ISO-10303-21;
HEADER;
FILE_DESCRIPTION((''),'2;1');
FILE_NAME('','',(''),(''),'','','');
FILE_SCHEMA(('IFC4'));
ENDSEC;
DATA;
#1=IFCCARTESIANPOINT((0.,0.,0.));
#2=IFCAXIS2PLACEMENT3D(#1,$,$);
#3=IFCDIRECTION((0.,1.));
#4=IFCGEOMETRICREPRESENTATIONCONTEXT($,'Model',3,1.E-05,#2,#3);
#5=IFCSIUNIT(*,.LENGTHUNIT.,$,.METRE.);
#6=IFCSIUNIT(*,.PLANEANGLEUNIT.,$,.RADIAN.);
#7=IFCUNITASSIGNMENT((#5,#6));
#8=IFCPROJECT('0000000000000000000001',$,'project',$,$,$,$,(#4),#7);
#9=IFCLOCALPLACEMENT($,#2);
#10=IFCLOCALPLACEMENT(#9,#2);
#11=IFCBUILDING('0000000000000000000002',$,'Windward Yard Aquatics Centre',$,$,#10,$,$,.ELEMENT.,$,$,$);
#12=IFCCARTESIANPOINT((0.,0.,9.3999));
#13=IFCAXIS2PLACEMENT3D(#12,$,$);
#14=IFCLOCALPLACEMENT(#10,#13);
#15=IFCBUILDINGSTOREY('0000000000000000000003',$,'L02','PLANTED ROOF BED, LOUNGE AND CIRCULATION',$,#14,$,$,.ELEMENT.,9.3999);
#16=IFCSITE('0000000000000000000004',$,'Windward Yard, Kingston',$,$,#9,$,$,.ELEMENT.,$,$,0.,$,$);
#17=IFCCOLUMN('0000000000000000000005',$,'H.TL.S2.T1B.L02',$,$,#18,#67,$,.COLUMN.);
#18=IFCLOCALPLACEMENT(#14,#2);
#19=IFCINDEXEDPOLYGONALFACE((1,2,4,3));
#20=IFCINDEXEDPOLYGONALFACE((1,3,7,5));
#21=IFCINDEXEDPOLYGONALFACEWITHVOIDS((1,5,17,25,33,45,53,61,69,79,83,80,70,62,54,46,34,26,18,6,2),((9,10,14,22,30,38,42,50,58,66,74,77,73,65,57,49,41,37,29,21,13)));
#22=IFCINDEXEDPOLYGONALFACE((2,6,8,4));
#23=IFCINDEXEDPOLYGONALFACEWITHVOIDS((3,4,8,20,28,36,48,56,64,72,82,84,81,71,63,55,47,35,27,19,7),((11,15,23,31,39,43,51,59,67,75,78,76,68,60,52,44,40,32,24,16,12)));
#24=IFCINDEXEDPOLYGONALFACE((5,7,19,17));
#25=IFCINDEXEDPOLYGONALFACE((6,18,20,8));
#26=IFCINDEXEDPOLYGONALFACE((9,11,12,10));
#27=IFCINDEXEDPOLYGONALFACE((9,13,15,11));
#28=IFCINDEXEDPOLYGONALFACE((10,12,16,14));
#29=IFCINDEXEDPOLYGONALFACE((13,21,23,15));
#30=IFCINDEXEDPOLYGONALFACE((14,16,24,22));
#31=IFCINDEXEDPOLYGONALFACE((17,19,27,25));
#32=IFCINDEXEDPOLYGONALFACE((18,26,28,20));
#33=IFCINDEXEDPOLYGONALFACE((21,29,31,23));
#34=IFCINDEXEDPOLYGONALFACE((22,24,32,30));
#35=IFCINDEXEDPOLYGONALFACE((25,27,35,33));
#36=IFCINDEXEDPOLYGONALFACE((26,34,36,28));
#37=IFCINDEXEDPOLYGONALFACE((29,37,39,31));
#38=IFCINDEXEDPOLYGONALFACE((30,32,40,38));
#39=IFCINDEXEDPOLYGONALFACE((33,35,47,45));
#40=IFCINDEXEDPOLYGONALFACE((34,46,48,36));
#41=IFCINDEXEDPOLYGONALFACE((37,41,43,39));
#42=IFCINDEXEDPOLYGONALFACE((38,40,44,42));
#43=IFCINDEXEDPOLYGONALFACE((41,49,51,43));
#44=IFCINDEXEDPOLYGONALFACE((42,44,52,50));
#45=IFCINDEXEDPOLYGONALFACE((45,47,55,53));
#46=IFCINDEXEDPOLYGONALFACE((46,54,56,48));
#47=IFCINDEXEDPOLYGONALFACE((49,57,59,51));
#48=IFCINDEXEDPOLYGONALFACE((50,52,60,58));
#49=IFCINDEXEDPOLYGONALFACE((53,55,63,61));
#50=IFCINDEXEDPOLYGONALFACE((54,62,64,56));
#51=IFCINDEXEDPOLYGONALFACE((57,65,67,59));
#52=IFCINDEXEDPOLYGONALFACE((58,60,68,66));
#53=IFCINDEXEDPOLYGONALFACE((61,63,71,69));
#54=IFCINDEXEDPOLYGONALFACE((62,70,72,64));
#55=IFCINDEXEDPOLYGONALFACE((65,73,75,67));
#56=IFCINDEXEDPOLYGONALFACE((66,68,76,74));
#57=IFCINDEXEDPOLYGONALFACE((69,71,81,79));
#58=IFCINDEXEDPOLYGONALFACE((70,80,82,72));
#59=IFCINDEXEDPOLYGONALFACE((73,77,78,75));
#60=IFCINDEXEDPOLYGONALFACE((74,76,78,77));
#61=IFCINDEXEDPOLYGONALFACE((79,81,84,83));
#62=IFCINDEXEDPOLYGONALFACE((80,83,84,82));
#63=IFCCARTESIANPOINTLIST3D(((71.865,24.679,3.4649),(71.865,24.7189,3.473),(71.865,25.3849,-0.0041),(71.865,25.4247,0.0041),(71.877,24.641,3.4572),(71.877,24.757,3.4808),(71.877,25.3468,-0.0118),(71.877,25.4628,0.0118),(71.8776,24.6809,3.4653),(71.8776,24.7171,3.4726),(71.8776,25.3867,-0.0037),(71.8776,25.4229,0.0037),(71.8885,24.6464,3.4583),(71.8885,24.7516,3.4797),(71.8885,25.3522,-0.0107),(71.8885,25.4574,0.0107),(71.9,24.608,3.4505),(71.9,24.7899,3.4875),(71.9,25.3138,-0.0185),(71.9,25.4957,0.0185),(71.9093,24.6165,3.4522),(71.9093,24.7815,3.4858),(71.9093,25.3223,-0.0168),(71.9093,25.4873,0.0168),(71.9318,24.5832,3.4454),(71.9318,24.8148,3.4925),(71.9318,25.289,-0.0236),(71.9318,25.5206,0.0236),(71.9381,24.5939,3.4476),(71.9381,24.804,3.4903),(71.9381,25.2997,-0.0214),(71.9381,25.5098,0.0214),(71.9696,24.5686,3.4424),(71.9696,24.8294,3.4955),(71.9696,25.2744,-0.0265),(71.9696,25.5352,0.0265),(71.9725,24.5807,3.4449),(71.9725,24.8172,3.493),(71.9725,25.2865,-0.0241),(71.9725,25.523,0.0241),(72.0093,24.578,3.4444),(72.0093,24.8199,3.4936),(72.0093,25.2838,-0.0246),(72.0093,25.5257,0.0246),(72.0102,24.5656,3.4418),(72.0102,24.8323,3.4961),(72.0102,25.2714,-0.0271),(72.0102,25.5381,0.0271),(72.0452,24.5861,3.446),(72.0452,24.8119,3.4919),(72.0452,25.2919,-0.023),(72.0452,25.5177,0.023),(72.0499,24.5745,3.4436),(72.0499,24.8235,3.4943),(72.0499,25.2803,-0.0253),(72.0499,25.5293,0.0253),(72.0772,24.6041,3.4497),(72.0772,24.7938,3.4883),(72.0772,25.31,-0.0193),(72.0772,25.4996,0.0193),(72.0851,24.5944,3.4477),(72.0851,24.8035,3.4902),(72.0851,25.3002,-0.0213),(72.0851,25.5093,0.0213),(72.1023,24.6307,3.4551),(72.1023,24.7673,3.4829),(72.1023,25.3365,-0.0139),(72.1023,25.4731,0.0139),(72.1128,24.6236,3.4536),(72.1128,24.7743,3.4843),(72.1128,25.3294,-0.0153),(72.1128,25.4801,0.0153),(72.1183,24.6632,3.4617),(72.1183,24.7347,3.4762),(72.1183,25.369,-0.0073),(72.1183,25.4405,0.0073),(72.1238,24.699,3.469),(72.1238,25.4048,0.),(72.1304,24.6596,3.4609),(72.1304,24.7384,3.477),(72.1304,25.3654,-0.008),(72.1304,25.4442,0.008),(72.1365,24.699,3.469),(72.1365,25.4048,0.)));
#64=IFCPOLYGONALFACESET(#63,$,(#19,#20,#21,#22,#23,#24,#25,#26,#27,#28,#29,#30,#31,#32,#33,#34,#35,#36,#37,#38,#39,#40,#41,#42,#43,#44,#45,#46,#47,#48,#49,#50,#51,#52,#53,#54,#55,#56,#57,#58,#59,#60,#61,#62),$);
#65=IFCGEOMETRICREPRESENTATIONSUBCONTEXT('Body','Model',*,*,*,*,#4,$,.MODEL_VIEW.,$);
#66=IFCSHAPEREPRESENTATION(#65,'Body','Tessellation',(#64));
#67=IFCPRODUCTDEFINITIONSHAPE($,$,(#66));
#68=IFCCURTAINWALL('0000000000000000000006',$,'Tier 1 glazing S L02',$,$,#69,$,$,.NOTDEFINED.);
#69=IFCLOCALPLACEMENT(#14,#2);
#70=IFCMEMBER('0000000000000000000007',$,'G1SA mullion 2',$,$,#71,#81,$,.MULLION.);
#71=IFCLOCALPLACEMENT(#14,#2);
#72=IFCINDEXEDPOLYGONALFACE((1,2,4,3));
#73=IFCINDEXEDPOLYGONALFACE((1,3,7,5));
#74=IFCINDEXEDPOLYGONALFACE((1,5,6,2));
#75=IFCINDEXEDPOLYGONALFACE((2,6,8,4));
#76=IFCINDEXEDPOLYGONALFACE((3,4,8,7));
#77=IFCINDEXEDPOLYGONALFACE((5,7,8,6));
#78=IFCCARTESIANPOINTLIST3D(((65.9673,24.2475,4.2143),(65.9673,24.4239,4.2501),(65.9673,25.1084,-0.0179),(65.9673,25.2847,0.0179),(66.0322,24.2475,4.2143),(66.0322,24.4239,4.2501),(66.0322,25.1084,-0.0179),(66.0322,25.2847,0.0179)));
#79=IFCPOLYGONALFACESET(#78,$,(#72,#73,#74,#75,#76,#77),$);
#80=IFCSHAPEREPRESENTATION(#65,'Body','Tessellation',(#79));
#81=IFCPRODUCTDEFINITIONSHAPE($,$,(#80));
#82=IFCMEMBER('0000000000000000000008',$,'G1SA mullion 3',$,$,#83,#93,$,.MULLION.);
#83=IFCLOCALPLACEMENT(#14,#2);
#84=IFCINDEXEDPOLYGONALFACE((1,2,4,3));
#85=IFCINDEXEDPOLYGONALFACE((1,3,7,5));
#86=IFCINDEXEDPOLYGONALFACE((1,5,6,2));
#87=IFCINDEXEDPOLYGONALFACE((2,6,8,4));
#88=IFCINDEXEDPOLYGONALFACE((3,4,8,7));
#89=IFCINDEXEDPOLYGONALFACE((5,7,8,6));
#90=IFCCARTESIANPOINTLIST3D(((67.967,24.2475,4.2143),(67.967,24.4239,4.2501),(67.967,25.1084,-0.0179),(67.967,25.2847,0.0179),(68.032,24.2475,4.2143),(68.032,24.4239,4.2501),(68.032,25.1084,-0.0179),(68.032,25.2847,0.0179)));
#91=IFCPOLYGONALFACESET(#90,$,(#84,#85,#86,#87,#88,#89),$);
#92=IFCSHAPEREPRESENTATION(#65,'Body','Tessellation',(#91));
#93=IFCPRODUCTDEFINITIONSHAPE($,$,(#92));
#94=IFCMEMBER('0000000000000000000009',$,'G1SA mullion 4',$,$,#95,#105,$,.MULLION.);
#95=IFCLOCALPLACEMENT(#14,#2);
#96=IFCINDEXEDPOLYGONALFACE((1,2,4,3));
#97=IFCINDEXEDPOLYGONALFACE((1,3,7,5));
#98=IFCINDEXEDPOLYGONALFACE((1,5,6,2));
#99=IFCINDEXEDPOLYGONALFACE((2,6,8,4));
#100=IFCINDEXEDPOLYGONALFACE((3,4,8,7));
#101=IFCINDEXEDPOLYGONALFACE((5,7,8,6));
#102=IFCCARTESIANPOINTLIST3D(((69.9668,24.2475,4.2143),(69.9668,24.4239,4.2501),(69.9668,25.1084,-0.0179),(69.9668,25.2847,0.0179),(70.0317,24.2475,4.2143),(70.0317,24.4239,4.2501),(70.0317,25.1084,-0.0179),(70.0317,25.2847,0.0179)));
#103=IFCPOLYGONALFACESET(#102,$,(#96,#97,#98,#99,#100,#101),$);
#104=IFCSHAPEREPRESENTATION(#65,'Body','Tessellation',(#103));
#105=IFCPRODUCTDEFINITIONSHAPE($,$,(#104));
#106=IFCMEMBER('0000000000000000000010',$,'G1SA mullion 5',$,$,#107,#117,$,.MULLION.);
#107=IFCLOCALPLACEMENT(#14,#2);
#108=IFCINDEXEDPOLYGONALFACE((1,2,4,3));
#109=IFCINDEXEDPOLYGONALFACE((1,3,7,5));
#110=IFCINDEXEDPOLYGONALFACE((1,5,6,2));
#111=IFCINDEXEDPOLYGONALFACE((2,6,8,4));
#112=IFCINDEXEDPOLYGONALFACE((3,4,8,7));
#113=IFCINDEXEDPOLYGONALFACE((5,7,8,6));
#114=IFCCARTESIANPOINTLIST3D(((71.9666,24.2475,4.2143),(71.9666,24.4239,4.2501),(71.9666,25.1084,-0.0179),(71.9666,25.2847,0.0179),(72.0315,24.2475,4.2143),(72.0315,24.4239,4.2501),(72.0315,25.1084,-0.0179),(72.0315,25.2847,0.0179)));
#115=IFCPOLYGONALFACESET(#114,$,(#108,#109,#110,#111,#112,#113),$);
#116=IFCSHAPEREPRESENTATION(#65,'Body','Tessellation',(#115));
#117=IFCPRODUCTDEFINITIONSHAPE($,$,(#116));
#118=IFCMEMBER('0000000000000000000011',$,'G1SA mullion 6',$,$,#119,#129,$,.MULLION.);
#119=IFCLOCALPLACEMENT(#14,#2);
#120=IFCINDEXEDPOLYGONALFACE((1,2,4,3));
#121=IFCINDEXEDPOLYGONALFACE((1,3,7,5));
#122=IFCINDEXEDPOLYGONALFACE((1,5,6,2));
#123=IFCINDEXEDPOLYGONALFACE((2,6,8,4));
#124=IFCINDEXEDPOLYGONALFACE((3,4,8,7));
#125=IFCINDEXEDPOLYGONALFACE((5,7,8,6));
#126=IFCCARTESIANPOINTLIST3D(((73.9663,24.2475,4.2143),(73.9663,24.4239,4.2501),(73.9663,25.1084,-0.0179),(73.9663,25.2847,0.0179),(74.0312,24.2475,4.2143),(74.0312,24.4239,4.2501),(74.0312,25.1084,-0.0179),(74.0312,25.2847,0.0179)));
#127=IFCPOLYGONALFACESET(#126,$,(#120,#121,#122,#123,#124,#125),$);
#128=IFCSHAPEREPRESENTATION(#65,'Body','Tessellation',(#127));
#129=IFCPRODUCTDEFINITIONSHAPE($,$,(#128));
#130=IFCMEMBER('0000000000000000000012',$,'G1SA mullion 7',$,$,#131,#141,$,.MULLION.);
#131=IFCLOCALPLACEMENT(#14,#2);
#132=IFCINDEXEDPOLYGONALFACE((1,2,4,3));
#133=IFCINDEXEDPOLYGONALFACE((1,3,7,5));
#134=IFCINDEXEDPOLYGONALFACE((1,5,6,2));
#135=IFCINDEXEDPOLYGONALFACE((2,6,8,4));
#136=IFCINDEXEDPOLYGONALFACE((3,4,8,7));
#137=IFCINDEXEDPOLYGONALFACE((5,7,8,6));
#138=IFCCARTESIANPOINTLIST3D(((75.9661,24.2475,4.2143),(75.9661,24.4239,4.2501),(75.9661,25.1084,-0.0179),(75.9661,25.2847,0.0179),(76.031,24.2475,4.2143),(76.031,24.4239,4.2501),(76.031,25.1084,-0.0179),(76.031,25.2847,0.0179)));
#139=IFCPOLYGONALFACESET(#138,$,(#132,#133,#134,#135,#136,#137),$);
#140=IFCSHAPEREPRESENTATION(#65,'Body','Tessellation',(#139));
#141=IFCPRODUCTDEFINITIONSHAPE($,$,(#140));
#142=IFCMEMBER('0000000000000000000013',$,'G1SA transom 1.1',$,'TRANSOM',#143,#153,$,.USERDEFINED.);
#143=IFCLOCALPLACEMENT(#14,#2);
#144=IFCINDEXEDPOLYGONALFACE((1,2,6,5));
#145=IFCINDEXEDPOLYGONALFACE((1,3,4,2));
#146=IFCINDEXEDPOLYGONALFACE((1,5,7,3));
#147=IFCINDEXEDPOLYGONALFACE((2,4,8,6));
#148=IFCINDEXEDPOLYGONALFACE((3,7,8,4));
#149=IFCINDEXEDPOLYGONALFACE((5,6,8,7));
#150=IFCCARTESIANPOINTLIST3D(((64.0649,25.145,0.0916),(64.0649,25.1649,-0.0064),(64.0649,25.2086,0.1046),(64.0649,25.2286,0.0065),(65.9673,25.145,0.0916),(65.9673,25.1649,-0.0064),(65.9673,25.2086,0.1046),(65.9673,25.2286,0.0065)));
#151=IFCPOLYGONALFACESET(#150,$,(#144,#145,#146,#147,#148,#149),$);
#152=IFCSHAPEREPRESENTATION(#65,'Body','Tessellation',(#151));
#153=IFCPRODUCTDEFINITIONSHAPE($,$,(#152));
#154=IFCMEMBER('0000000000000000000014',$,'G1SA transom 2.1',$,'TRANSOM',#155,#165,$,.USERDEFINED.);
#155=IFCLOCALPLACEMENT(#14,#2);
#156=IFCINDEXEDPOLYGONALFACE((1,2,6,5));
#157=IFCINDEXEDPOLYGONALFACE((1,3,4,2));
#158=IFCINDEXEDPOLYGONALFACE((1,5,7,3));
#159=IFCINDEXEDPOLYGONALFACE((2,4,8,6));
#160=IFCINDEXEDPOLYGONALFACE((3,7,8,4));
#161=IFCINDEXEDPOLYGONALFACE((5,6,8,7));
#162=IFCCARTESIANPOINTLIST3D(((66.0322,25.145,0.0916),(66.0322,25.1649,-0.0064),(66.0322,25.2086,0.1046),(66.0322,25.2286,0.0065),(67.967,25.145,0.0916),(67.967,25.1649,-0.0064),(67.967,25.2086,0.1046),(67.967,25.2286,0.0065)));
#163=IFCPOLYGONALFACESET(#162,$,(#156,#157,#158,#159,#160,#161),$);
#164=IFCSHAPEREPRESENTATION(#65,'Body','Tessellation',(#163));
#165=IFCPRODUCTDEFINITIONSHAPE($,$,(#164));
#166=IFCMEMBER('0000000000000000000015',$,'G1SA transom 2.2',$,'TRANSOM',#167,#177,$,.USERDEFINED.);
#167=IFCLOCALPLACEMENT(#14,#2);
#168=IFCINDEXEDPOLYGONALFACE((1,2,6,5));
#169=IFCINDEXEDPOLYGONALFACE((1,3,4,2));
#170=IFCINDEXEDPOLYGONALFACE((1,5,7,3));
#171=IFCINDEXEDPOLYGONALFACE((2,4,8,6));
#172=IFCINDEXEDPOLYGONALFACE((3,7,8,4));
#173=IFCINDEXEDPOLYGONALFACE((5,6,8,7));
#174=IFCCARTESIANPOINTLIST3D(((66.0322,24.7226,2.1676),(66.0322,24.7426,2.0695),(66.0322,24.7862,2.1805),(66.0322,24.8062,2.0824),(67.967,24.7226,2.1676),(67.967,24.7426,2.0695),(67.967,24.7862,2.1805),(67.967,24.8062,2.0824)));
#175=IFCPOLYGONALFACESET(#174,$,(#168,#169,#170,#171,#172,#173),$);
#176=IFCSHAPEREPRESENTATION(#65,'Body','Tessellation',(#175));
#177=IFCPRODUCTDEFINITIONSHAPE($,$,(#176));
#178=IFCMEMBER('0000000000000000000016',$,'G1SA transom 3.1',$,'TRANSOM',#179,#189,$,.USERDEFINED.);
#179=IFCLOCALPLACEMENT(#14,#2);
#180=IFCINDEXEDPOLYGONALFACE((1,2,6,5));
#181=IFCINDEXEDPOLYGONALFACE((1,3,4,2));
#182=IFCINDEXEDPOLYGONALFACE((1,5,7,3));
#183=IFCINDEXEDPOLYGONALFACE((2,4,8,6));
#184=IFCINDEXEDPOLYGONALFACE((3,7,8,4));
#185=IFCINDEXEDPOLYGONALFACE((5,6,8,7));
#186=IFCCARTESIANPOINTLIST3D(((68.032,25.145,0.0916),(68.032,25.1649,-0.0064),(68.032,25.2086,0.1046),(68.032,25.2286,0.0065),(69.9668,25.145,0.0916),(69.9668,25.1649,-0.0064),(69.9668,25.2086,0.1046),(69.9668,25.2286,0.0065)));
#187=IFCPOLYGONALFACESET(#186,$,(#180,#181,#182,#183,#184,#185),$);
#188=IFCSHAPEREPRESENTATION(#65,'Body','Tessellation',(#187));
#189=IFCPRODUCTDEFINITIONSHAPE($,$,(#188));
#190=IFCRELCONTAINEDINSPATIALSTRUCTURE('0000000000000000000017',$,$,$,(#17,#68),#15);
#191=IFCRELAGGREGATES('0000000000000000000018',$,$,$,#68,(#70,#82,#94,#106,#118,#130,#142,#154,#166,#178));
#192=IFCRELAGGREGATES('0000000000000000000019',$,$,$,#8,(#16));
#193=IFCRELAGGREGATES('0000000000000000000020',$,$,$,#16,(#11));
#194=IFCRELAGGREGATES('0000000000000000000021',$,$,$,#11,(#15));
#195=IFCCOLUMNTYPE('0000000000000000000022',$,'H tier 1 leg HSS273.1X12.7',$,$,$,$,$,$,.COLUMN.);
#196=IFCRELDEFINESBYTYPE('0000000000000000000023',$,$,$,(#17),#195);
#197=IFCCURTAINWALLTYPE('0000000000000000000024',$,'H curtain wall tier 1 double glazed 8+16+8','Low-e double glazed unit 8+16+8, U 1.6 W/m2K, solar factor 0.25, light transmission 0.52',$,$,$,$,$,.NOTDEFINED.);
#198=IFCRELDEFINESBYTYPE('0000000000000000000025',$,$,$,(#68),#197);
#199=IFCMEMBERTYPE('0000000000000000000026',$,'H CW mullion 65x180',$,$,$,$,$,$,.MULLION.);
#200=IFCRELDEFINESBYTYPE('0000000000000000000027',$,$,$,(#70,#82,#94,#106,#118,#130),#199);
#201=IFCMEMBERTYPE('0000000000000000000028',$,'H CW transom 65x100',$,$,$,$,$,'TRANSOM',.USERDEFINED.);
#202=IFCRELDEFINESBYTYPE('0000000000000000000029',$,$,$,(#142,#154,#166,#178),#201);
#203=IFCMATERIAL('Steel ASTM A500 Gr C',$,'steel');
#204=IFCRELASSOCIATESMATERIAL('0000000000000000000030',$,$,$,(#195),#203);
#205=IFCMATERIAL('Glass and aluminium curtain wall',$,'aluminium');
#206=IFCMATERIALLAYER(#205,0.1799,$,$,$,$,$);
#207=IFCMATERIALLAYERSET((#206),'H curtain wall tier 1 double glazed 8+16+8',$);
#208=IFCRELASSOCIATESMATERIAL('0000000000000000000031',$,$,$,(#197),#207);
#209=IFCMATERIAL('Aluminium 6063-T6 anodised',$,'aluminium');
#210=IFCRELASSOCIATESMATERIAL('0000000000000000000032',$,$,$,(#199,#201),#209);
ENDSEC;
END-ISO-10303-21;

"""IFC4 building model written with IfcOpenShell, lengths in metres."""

from ifc_helpers import new_model, si_unit, direction, frame, origin, origin_2d, place, context, subcontext, project, spatial, rectangle, hollow_circle, extrude, material, layer, layer_set, material_profile, profile_set, type_object, element, aggregate, save


model = new_model("IFC4")

# Units and contexts
model_context = context("Model", 3, precision=1e-05, world=origin(), true_north=direction((0.0, 1.0)))
body_context = subcontext(model_context, "Body", "Model", "MODEL_VIEW")
ifc_project = project(units=[si_unit("LENGTHUNIT", "METRE"), si_unit("PLANEANGLEUNIT", "RADIAN")], contexts=[model_context])

# Site, building, storey
site_placement = place(None, origin())
site = spatial("IfcSite", under=ifc_project, at=site_placement, Name="Windward Yard, Kingston", CompositionType="ELEMENT", RefElevation=0.0)
building_placement = place(site_placement, origin())
building = spatial("IfcBuilding", under=site, at=building_placement, Name="Windward Yard Aquatics Centre", CompositionType="ELEMENT")
storey_placement = place(building_placement, frame((0.0, 0.0, 9.3999)))
storey = spatial("IfcBuildingStorey", under=building, at=storey_placement, Name="L02", Description="PLANTED ROOF BED, LOUNGE AND CIRCULATION", CompositionType="ELEMENT", Elevation=9.3999)

# Column
ifc_material_1 = material(Name="Steel ASTM A500 Gr C", Category="steel")
ifc_material_profile_1 = material_profile(ifc_material_1, hollow_circle(Radius=0.1365, WallThickness=0.0127, at=origin_2d()), Name="HSS273.1X12.7")
ifc_profile_set_1 = profile_set([ifc_material_profile_1], Name="Steel ASTM A500 Gr C")
column_type_1 = type_object("IfcColumnType", Name="H tier 1 leg HSS273.1X12.7", PredefinedType="COLUMN", material=ifc_profile_set_1)
for number, where, z_axis, x_axis, name in (
    (1, (72.0, 25.4048, 0.0), (0.0, -0.199378, 0.979923), (1.0, 0.0, 0.0), "H.TL.S2.T1B.L02"),
):
    element("IfcColumn", number, at=place(storey_placement, frame(where, z_axis=z_axis, x_axis=x_axis)), inside=storey, type_object=column_type_1, Name=name, PredefinedType="COLUMN", context=body_context, shape_type="SweptSolid", body=[
        extrude(hollow_circle(Radius=0.1365, WallThickness=0.0127, at=origin_2d()), origin(), (0.0, 0.0, 1.0), 3.54),
    ])

# Curtain wall, members
ifc_material_2 = material(Name="Glass and aluminium curtain wall", Category="aluminium")
ifc_layer_1 = layer(ifc_material_2, 0.1799)
ifc_layer_set_1 = layer_set([ifc_layer_1], Name="H curtain wall tier 1 double glazed 8+16+8")
curtain_wall_type = type_object("IfcCurtainWallType", Name="H curtain wall tier 1 double glazed 8+16+8", Description="Low-e double glazed unit 8+16+8, U 1.6 W/m2K, solar factor 0.25, light transmission 0.52", PredefinedType="NOTDEFINED", material=ifc_layer_set_1)
curtain_wall_placement = place(storey_placement, origin())
curtain_wall = element("IfcCurtainWall", 2, at=curtain_wall_placement, inside=storey, type_object=curtain_wall_type, Name="Tier 1 glazing S L02", PredefinedType="NOTDEFINED")
ifc_material_3 = material(Name="Aluminium 6063-T6 anodised", Category="aluminium")
ifc_material_profile_2 = material_profile(ifc_material_3, rectangle(XDim=0.0649, YDim=0.1799, at=origin_2d()), Name="H CW mullion 65x180")
ifc_profile_set_2 = profile_set([ifc_material_profile_2], Name="Aluminium 6063-T6 anodised")
member_type_1 = type_object("IfcMemberType", Name="H CW mullion 65x180", PredefinedType="MULLION", material=ifc_profile_set_2)
member_1_placement = place(storey_placement, frame((65.9998, 25.1965, 0.0), z_axis=(0.0, -0.199322, 0.979934), x_axis=(1.0, 0.0, 0.0)))
member_1 = element("IfcMember", 3, at=member_1_placement, type_object=member_type_1, Name="G1SA mullion 2", PredefinedType="MULLION", context=body_context, shape_type="SweptSolid", body=[
    extrude(rectangle(XDim=0.0649, YDim=0.1799, at=origin_2d()), origin(), (0.0, 0.0, 1.0), 4.3188),
])
member_2_placement = place(storey_placement, frame((67.9995, 25.1965, 0.0), z_axis=(0.0, -0.199322, 0.979934), x_axis=(1.0, 0.0, 0.0)))
member_2 = element("IfcMember", 4, at=member_2_placement, type_object=member_type_1, Name="G1SA mullion 3", PredefinedType="MULLION", context=body_context, shape_type="SweptSolid", body=[
    extrude(rectangle(XDim=0.0649, YDim=0.1799, at=origin_2d()), origin(), (0.0, 0.0, 1.0), 4.3188),
])
member_3_placement = place(storey_placement, frame((69.9993, 25.1965, 0.0), z_axis=(0.0, -0.199322, 0.979934), x_axis=(1.0, 0.0, 0.0)))
member_3 = element("IfcMember", 5, at=member_3_placement, type_object=member_type_1, Name="G1SA mullion 4", PredefinedType="MULLION", context=body_context, shape_type="SweptSolid", body=[
    extrude(rectangle(XDim=0.0649, YDim=0.1799, at=origin_2d()), origin(), (0.0, 0.0, 1.0), 4.3188),
])
member_4_placement = place(storey_placement, frame((71.999, 25.1965, 0.0), z_axis=(0.0, -0.199322, 0.979934), x_axis=(1.0, 0.0, 0.0)))
member_4 = element("IfcMember", 6, at=member_4_placement, type_object=member_type_1, Name="G1SA mullion 5", PredefinedType="MULLION", context=body_context, shape_type="SweptSolid", body=[
    extrude(rectangle(XDim=0.0649, YDim=0.1799, at=origin_2d()), origin(), (0.0, 0.0, 1.0), 4.3188),
])
member_5_placement = place(storey_placement, frame((73.9988, 25.1965, 0.0), z_axis=(0.0, -0.199322, 0.979934), x_axis=(1.0, 0.0, 0.0)))
member_5 = element("IfcMember", 7, at=member_5_placement, type_object=member_type_1, Name="G1SA mullion 6", PredefinedType="MULLION", context=body_context, shape_type="SweptSolid", body=[
    extrude(rectangle(XDim=0.0649, YDim=0.1799, at=origin_2d()), origin(), (0.0, 0.0, 1.0), 4.3188),
])
member_6_placement = place(storey_placement, frame((75.9985, 25.1965, 0.0), z_axis=(0.0, -0.199322, 0.979934), x_axis=(1.0, 0.0, 0.0)))
member_6 = element("IfcMember", 8, at=member_6_placement, type_object=member_type_1, Name="G1SA mullion 7", PredefinedType="MULLION", context=body_context, shape_type="SweptSolid", body=[
    extrude(rectangle(XDim=0.0649, YDim=0.1799, at=origin_2d()), origin(), (0.0, 0.0, 1.0), 4.3188),
])
ifc_material_profile_3 = material_profile(ifc_material_3, rectangle(XDim=0.0649, YDim=0.1001, at=origin_2d()), Name="H CW transom 65x100")
ifc_profile_set_3 = profile_set([ifc_material_profile_3], Name="Aluminium 6063-T6 anodised")
member_type_2 = type_object("IfcMemberType", Name="H CW transom 65x100", ElementType="TRANSOM", PredefinedType="USERDEFINED", material=ifc_profile_set_3)
member_7_placement = place(storey_placement, frame((64.0649, 25.1868, 0.0491), z_axis=(1.0, 0.0, 0.0), x_axis=(0.0, 0.979925, 0.199368)))
member_7 = element("IfcMember", 9, at=member_7_placement, type_object=member_type_2, Name="G1SA transom 1.1", ObjectType="TRANSOM", PredefinedType="USERDEFINED", context=body_context, shape_type="SweptSolid", body=[
    extrude(rectangle(XDim=0.0649, YDim=0.1001, at=origin_2d()), origin(), (0.0, 0.0, 1.0), 1.9023),
])
member_8_placement = place(storey_placement, frame((66.0322, 25.1868, 0.0491), z_axis=(1.0, 0.0, 0.0), x_axis=(0.0, 0.979925, 0.199368)))
member_8 = element("IfcMember", 10, at=member_8_placement, type_object=member_type_2, Name="G1SA transom 2.1", ObjectType="TRANSOM", PredefinedType="USERDEFINED", context=body_context, shape_type="SweptSolid", body=[
    extrude(rectangle(XDim=0.0649, YDim=0.1001, at=origin_2d()), origin(), (0.0, 0.0, 1.0), 1.9348),
])
member_9_placement = place(storey_placement, frame((66.0322, 24.7644, 2.125), z_axis=(1.0, 0.0, 0.0), x_axis=(0.0, 0.979925, 0.199368)))
member_9 = element("IfcMember", 11, at=member_9_placement, type_object=member_type_2, Name="G1SA transom 2.2", ObjectType="TRANSOM", PredefinedType="USERDEFINED", context=body_context, shape_type="SweptSolid", body=[
    extrude(rectangle(XDim=0.0649, YDim=0.1001, at=origin_2d()), origin(), (0.0, 0.0, 1.0), 1.9348),
])
member_10_placement = place(storey_placement, frame((68.032, 25.1868, 0.0491), z_axis=(1.0, 0.0, 0.0), x_axis=(0.0, 0.979925, 0.199368)))
member_10 = element("IfcMember", 12, at=member_10_placement, type_object=member_type_2, Name="G1SA transom 3.1", ObjectType="TRANSOM", PredefinedType="USERDEFINED", context=body_context, shape_type="SweptSolid", body=[
    extrude(rectangle(XDim=0.0649, YDim=0.1001, at=origin_2d()), origin(), (0.0, 0.0, 1.0), 1.9348),
])

aggregate(curtain_wall, [member_1, member_2, member_3, member_4, member_5, member_6, member_7, member_8, member_9, member_10])

save(model, "model.ifc")
